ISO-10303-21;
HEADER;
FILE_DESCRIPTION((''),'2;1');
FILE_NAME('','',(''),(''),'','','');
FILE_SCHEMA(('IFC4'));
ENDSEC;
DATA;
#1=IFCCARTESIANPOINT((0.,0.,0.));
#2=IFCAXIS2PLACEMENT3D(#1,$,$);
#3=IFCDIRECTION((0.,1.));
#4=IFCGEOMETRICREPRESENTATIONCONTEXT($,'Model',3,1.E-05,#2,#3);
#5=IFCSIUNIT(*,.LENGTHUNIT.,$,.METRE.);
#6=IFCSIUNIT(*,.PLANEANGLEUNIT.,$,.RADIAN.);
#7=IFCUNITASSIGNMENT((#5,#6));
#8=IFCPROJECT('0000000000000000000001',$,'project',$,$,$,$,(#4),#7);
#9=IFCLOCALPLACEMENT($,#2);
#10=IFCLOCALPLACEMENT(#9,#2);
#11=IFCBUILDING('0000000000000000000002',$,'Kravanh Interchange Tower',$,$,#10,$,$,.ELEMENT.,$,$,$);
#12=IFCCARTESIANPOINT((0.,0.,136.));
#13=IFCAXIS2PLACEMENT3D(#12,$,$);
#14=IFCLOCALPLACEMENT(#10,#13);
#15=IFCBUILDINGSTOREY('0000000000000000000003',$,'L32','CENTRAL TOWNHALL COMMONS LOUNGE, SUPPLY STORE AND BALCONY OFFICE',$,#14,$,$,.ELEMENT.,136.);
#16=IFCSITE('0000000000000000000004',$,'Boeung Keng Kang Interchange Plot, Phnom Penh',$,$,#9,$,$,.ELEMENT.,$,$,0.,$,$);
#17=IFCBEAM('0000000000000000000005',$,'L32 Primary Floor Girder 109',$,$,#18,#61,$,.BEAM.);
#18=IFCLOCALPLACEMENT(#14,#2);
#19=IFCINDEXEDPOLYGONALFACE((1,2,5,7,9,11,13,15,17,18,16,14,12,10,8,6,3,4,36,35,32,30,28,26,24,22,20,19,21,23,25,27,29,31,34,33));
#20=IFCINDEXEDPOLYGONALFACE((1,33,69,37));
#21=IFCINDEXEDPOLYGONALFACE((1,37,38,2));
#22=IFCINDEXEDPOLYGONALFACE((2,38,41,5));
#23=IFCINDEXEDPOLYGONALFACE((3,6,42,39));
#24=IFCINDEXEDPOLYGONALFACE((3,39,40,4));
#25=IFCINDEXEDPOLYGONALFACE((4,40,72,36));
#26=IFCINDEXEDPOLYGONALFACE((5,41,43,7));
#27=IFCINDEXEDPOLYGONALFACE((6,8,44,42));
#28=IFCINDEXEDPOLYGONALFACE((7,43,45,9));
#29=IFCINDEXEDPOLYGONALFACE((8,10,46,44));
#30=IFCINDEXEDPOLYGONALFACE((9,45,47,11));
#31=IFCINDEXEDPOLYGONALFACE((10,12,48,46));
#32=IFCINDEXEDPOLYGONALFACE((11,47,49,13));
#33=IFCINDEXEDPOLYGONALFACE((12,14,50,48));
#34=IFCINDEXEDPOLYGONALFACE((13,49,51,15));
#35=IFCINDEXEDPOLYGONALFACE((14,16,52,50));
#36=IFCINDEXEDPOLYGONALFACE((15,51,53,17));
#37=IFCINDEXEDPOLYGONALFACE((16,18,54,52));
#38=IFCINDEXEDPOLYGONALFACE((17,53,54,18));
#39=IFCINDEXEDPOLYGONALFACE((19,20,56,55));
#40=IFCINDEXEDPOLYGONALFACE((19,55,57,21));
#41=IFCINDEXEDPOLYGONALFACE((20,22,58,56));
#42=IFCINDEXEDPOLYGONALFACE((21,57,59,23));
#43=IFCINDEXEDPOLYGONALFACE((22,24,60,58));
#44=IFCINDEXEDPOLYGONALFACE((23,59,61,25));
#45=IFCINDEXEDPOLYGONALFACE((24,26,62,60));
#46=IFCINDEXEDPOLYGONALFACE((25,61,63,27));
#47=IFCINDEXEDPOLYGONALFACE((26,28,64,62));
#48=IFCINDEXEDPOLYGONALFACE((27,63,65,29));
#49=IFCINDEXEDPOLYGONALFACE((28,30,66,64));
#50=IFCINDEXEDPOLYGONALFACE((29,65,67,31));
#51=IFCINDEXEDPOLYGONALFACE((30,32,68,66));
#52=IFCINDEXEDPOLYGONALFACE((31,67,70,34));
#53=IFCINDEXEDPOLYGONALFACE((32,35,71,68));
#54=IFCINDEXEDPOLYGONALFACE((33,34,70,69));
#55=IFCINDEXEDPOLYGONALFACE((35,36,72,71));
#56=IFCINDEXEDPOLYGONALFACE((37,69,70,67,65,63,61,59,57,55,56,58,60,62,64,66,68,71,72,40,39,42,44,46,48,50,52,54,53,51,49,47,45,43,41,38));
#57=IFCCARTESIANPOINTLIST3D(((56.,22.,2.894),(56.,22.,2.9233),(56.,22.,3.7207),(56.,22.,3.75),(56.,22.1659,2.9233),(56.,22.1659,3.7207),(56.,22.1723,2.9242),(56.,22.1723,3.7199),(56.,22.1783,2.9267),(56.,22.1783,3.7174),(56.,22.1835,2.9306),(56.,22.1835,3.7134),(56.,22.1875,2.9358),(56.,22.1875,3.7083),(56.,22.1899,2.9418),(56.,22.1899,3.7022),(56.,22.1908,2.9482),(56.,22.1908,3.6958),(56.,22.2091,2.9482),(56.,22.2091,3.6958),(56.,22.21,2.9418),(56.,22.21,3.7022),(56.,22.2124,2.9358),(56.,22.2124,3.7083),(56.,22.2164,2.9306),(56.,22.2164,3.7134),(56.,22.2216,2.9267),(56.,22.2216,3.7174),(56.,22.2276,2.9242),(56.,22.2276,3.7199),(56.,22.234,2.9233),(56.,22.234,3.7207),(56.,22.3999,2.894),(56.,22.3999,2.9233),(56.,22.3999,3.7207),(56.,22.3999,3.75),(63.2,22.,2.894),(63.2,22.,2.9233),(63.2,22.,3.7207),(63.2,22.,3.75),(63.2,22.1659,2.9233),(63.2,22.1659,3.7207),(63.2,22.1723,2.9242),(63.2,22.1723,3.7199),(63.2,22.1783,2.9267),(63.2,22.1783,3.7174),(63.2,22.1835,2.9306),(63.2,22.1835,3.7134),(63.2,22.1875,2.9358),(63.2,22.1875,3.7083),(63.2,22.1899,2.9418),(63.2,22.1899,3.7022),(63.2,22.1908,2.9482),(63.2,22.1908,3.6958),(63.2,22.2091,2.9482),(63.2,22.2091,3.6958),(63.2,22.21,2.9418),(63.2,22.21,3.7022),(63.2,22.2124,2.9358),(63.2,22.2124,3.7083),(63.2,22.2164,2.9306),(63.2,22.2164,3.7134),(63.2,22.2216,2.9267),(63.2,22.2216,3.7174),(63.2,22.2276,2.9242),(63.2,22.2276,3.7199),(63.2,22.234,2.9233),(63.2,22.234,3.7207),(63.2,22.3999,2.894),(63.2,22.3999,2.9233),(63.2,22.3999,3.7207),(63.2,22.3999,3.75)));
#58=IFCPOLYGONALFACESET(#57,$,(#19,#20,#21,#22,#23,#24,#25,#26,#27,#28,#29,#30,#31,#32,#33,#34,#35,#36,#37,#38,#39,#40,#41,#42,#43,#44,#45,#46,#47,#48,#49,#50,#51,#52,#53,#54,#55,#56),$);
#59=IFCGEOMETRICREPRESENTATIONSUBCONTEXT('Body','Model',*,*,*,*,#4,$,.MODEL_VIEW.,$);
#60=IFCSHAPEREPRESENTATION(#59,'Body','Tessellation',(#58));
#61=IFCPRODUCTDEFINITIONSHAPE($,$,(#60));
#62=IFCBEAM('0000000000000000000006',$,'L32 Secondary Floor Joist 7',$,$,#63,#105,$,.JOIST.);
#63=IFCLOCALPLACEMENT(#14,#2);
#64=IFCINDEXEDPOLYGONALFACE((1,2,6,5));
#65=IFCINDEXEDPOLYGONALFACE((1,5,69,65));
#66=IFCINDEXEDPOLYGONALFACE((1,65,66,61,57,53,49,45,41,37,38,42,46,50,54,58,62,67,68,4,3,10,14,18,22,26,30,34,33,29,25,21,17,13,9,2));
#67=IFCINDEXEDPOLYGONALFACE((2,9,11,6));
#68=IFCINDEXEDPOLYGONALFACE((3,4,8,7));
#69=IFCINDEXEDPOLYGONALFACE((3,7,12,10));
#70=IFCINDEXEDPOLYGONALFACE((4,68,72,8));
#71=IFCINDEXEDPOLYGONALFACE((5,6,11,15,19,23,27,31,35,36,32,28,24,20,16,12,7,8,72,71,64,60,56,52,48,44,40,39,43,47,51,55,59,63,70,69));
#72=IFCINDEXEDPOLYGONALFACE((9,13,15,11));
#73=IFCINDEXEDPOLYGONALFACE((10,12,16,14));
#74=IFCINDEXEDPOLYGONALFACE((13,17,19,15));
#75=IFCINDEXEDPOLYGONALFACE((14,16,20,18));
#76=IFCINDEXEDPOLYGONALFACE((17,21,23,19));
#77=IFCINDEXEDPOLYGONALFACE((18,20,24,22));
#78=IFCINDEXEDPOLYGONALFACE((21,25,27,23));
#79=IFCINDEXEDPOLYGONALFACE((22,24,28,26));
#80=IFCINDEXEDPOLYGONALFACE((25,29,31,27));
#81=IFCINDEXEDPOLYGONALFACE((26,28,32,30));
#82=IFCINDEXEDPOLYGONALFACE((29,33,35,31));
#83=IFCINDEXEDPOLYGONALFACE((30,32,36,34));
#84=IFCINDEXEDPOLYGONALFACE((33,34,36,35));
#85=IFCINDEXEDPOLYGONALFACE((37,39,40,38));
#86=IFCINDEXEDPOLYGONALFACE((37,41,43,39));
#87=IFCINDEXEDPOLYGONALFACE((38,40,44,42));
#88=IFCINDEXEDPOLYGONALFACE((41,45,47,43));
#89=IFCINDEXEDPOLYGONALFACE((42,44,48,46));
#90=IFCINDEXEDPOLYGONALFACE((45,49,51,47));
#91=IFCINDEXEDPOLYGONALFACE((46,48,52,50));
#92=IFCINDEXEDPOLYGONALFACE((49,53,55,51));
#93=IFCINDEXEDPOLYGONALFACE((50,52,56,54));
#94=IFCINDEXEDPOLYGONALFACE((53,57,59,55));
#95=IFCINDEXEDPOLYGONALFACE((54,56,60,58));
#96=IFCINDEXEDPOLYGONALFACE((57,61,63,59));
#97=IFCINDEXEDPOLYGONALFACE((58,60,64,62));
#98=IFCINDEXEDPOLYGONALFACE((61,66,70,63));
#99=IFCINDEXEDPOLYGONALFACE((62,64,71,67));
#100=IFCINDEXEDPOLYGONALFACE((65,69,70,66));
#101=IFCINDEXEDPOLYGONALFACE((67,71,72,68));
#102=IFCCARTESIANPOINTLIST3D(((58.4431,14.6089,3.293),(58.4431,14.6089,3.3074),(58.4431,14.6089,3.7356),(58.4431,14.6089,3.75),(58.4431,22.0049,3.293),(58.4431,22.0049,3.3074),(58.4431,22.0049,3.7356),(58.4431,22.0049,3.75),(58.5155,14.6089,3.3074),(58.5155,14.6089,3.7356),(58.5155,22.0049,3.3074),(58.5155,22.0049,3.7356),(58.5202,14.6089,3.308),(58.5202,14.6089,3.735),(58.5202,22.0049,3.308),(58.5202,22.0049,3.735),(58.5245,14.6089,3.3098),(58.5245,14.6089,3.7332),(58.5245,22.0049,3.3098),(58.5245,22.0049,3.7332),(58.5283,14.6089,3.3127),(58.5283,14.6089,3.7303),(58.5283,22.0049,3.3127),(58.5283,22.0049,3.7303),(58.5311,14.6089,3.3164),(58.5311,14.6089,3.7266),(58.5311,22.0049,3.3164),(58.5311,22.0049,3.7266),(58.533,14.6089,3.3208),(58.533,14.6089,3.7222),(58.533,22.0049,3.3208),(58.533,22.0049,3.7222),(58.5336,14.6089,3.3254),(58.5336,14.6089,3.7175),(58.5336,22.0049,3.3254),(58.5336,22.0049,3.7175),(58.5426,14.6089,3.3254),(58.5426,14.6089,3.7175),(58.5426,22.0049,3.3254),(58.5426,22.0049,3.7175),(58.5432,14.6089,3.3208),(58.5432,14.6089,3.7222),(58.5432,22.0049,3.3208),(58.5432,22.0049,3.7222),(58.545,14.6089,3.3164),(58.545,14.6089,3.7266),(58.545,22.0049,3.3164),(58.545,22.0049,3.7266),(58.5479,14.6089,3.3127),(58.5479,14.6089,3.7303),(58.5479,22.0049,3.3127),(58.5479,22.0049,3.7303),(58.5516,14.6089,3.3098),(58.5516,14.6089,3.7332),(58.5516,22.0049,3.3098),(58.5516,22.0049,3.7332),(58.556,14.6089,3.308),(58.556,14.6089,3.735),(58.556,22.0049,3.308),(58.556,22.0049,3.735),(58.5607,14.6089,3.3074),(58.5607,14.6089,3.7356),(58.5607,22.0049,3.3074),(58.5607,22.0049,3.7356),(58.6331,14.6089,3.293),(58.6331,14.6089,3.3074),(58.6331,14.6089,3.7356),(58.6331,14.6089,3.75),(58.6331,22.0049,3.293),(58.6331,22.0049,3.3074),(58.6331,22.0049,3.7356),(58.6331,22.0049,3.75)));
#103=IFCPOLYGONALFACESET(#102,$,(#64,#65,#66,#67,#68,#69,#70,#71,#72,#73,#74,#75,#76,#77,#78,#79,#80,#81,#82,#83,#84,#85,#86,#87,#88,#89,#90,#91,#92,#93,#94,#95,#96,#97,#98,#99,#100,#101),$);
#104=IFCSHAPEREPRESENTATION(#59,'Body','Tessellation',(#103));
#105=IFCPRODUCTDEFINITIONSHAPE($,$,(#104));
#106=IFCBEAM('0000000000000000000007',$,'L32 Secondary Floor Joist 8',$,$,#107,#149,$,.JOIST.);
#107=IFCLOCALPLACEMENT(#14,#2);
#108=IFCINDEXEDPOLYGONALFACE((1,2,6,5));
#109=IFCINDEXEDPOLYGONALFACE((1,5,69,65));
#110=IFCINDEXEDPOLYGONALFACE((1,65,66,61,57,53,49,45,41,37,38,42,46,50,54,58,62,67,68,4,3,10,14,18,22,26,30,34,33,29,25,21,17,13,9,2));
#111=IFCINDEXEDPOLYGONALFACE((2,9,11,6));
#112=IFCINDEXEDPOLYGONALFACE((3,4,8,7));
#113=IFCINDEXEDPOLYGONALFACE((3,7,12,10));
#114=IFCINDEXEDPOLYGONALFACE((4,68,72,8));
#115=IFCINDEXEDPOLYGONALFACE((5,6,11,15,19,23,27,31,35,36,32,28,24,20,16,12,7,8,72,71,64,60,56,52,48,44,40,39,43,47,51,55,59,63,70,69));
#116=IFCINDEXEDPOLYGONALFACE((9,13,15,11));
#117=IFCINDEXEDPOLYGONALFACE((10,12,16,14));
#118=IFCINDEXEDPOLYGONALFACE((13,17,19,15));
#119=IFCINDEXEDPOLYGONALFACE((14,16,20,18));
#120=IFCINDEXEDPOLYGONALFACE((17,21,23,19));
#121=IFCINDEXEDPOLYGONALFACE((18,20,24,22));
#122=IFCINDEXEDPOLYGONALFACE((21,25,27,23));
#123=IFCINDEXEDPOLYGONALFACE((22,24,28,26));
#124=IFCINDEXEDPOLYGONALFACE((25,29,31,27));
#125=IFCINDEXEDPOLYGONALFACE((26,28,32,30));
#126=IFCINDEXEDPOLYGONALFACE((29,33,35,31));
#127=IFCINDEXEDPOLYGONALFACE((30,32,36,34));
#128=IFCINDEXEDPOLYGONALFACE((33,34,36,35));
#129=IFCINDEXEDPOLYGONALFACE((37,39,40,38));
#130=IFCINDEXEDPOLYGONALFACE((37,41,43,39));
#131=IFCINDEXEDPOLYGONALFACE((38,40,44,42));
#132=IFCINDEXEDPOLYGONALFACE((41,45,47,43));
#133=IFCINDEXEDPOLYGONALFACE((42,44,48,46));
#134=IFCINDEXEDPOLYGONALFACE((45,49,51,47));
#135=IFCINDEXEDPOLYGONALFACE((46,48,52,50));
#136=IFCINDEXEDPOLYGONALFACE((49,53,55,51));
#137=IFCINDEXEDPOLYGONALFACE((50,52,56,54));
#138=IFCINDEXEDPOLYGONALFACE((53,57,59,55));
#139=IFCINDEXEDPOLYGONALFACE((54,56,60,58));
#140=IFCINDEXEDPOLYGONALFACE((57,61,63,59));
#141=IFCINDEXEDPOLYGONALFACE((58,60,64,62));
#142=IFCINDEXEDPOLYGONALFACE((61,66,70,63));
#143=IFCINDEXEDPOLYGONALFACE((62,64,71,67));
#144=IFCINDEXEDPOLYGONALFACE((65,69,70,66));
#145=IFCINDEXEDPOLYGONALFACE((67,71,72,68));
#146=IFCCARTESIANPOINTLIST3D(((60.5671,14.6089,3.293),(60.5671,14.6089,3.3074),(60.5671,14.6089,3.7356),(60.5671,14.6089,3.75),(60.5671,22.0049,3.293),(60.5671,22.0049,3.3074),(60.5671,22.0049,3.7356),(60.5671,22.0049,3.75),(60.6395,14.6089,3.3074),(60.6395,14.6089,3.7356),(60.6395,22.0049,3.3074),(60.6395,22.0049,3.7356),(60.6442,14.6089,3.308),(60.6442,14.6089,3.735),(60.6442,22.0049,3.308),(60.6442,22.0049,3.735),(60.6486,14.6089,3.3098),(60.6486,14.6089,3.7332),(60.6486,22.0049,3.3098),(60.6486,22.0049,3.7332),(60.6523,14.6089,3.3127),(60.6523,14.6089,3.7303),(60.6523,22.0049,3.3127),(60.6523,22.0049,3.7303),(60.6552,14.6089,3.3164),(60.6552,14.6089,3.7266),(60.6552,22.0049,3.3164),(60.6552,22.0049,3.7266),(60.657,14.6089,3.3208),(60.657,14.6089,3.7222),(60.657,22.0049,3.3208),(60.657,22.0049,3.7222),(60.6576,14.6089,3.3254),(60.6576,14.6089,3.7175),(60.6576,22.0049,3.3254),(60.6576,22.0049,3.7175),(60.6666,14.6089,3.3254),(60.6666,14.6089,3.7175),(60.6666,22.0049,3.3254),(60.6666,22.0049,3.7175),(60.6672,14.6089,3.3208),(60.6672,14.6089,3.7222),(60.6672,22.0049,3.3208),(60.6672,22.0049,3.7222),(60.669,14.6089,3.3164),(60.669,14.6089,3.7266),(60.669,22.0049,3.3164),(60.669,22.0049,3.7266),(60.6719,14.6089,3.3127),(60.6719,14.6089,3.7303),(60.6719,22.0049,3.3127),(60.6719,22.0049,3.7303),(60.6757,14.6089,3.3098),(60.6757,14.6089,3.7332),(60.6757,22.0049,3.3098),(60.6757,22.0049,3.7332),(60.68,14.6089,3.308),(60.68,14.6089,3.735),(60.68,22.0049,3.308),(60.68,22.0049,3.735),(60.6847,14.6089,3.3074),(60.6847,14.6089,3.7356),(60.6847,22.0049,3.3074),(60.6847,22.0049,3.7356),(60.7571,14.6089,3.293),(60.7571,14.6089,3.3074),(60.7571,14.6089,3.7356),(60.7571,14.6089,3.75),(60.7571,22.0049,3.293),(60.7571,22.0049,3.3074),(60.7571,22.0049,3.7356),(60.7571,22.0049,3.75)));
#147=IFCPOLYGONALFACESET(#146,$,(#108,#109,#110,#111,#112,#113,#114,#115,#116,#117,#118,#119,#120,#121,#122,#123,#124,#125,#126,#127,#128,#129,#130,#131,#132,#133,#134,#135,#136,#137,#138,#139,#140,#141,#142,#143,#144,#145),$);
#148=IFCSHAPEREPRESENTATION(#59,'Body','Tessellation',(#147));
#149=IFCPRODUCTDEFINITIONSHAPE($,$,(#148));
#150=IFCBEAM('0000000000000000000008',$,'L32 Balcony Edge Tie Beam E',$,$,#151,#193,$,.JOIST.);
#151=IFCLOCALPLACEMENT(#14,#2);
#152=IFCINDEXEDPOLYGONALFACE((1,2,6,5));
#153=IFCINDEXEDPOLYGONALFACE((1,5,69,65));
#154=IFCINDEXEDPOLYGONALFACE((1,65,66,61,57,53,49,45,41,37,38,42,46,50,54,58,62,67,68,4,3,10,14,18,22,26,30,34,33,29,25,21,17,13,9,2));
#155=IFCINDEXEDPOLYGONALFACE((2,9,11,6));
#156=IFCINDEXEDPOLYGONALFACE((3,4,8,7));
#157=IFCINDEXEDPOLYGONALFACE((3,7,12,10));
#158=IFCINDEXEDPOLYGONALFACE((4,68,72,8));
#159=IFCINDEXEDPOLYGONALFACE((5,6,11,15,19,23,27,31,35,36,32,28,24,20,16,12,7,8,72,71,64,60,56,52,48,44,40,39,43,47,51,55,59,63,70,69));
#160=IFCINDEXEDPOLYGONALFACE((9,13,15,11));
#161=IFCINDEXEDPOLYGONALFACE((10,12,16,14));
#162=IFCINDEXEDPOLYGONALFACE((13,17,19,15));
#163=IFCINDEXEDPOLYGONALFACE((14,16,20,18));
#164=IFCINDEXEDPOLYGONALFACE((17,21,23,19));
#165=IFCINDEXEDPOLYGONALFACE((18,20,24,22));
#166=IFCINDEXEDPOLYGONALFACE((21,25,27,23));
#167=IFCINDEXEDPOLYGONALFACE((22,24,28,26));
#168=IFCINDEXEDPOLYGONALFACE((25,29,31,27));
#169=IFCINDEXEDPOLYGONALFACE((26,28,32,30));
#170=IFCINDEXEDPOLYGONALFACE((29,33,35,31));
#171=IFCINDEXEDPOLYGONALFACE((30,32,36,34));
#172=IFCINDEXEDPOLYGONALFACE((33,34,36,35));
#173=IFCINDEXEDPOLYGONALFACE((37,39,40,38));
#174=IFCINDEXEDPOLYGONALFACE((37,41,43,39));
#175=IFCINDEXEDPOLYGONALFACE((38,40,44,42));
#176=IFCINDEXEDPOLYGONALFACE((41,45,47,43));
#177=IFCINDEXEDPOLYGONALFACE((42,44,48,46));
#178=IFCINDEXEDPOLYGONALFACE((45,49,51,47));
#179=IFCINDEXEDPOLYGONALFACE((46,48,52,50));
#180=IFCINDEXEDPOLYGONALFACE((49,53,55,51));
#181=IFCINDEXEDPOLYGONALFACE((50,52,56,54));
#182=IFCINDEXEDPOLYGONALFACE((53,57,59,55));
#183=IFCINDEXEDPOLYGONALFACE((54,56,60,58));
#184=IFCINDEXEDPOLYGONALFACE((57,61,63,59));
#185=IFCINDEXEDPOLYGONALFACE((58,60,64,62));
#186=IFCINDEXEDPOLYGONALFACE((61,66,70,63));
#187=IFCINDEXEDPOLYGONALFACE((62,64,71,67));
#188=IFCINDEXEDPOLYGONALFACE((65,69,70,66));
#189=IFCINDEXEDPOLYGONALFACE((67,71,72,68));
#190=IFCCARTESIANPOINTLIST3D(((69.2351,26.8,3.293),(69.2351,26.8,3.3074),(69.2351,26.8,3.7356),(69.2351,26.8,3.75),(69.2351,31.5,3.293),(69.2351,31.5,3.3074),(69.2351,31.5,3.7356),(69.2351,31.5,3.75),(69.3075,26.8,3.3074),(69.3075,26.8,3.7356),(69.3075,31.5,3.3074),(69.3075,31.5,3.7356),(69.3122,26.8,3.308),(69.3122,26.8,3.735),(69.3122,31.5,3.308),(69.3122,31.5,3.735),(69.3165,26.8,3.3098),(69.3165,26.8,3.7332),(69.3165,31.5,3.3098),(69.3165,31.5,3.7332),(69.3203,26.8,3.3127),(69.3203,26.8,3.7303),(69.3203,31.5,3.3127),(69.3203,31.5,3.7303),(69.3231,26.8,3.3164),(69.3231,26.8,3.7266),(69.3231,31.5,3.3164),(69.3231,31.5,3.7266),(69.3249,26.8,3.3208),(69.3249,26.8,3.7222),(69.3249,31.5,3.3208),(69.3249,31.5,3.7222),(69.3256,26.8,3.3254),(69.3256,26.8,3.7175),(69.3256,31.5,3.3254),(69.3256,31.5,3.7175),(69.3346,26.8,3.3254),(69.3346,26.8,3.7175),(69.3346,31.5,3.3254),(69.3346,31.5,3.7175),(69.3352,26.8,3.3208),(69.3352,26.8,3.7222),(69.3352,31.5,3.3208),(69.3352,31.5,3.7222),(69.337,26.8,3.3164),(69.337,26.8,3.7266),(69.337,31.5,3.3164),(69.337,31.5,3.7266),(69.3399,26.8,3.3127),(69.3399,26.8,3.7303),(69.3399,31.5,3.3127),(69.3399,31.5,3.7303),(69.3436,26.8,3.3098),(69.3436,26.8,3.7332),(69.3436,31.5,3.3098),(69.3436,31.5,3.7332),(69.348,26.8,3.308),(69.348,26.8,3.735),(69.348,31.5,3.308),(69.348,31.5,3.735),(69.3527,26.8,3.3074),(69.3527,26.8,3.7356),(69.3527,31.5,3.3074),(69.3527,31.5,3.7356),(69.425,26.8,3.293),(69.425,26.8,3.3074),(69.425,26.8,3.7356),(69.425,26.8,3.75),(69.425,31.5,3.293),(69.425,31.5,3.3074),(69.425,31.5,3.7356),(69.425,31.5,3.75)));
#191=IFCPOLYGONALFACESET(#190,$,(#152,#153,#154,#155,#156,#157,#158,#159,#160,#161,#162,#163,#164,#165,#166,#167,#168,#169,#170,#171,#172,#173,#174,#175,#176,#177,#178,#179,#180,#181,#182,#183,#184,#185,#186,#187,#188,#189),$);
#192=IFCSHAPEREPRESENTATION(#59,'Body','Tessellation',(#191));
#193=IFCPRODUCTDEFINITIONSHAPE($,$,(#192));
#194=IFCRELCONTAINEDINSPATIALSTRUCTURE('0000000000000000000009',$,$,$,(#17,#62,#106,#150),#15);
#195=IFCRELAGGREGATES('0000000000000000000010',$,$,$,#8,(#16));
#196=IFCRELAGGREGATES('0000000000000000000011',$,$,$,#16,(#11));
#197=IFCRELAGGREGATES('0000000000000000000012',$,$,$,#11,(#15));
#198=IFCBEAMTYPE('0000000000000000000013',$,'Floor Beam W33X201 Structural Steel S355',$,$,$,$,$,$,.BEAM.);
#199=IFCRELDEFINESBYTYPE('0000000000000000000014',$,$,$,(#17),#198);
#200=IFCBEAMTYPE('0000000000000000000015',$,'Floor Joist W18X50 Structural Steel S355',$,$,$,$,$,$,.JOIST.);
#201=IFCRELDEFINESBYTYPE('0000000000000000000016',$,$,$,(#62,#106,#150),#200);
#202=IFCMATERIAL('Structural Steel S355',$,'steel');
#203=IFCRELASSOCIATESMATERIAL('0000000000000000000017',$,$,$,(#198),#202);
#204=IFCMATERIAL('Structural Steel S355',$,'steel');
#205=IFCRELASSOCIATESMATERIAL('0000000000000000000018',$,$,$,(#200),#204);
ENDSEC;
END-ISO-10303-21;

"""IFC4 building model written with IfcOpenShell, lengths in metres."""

from ifc_helpers import new_model, si_unit, direction, frame, origin, origin_2d, place, context, subcontext, project, spatial, i_section, extrude, material, material_profile, profile_set, type_object, element, save


model = new_model("IFC4")

# Units and contexts
model_context = context("Model", 3, precision=1e-05, world=origin(), true_north=direction((0.0, 1.0)))
body_context = subcontext(model_context, "Body", "Model", "MODEL_VIEW")
ifc_project = project(units=[si_unit("LENGTHUNIT", "METRE"), si_unit("PLANEANGLEUNIT", "RADIAN")], contexts=[model_context])

# Site, building, storey
site_placement = place(None, origin())
site = spatial("IfcSite", under=ifc_project, at=site_placement, Name="Boeung Keng Kang Interchange Plot, Phnom Penh", CompositionType="ELEMENT", RefElevation=0.0)
building_placement = place(site_placement, origin())
building = spatial("IfcBuilding", under=site, at=building_placement, Name="Kravanh Interchange Tower", CompositionType="ELEMENT")
storey_placement = place(building_placement, frame((0.0, 0.0, 136.0)))
storey = spatial("IfcBuildingStorey", under=building, at=storey_placement, Name="L32", Description="CENTRAL TOWNHALL COMMONS LOUNGE, SUPPLY STORE AND BALCONY OFFICE", CompositionType="ELEMENT", Elevation=136.0)

# Beams
ifc_material_1 = material(Name="Structural Steel S355", Category="steel")
ifc_material_profile_1 = material_profile(ifc_material_1, i_section(OverallWidth=0.3999, OverallDepth=0.856, WebThickness=0.0183, FlangeThickness=0.0293, FilletRadius=0.0249, at=origin_2d()), Name="W33X201")
ifc_profile_set_1 = profile_set([ifc_material_profile_1], Name="Structural Steel S355")
beam_type_1 = type_object("IfcBeamType", Name="Floor Beam W33X201 Structural Steel S355", PredefinedType="BEAM", material=ifc_profile_set_1)
beam_1_placement = place(storey_placement, frame((56.0, 22.2, 3.322), z_axis=(1.0, 0.0, 0.0), x_axis=(0.0, 1.0, 0.0)))
element("IfcBeam", 1, at=beam_1_placement, inside=storey, type_object=beam_type_1, Name="L32 Primary Floor Girder 109", PredefinedType="BEAM", context=body_context, shape_type="SweptSolid", body=[
    extrude(i_section(OverallWidth=0.3999, OverallDepth=0.856, WebThickness=0.0183, FlangeThickness=0.0293, FilletRadius=0.0249, at=origin_2d()), origin(), (0.0, 0.0, 1.0), 7.2),
])
ifc_material_2 = material(Name="Structural Steel S355", Category="steel")
ifc_material_profile_2 = material_profile(ifc_material_2, i_section(OverallWidth=0.1899, OverallDepth=0.457, WebThickness=0.009, FlangeThickness=0.0144, FilletRadius=0.0181, at=origin_2d()), Name="W18X50")
ifc_profile_set_2 = profile_set([ifc_material_profile_2], Name="Structural Steel S355")
beam_type_2 = type_object("IfcBeamType", Name="Floor Joist W18X50 Structural Steel S355", PredefinedType="JOIST", material=ifc_profile_set_2)
for number, where, z_axis, x_axis, name in (
    (2, (58.5381, 14.6089, 3.5215), (0.0, 1.0, 0.0), (-1.0, 0.0, 0.0), "L32 Secondary Floor Joist 7"),
    (3, (60.6621, 14.6089, 3.5215), (0.0, 1.0, 0.0), (-1.0, 0.0, 0.0), "L32 Secondary Floor Joist 8"),
):
    element("IfcBeam", number, at=place(storey_placement, frame(where, z_axis=z_axis, x_axis=x_axis)), inside=storey, type_object=beam_type_2, Name=name, PredefinedType="JOIST", context=body_context, shape_type="SweptSolid", body=[
        extrude(i_section(OverallWidth=0.1899, OverallDepth=0.457, WebThickness=0.009, FlangeThickness=0.0144, FilletRadius=0.0181, at=origin_2d()), origin(), (0.0, 0.0, 1.0), 7.396),
    ])
beam_2_placement = place(storey_placement, frame((69.3301, 26.8, 3.5215), z_axis=(0.0, 1.0, 0.0), x_axis=(-1.0, 0.0, 0.0)))
element("IfcBeam", 4, at=beam_2_placement, inside=storey, type_object=beam_type_2, Name="L32 Balcony Edge Tie Beam E", PredefinedType="JOIST", context=body_context, shape_type="SweptSolid", body=[
    extrude(i_section(OverallWidth=0.1899, OverallDepth=0.457, WebThickness=0.009, FlangeThickness=0.0144, FilletRadius=0.0181, at=origin_2d()), origin(), (0.0, 0.0, 1.0), 4.7),
])

save(model, "model.ifc")
